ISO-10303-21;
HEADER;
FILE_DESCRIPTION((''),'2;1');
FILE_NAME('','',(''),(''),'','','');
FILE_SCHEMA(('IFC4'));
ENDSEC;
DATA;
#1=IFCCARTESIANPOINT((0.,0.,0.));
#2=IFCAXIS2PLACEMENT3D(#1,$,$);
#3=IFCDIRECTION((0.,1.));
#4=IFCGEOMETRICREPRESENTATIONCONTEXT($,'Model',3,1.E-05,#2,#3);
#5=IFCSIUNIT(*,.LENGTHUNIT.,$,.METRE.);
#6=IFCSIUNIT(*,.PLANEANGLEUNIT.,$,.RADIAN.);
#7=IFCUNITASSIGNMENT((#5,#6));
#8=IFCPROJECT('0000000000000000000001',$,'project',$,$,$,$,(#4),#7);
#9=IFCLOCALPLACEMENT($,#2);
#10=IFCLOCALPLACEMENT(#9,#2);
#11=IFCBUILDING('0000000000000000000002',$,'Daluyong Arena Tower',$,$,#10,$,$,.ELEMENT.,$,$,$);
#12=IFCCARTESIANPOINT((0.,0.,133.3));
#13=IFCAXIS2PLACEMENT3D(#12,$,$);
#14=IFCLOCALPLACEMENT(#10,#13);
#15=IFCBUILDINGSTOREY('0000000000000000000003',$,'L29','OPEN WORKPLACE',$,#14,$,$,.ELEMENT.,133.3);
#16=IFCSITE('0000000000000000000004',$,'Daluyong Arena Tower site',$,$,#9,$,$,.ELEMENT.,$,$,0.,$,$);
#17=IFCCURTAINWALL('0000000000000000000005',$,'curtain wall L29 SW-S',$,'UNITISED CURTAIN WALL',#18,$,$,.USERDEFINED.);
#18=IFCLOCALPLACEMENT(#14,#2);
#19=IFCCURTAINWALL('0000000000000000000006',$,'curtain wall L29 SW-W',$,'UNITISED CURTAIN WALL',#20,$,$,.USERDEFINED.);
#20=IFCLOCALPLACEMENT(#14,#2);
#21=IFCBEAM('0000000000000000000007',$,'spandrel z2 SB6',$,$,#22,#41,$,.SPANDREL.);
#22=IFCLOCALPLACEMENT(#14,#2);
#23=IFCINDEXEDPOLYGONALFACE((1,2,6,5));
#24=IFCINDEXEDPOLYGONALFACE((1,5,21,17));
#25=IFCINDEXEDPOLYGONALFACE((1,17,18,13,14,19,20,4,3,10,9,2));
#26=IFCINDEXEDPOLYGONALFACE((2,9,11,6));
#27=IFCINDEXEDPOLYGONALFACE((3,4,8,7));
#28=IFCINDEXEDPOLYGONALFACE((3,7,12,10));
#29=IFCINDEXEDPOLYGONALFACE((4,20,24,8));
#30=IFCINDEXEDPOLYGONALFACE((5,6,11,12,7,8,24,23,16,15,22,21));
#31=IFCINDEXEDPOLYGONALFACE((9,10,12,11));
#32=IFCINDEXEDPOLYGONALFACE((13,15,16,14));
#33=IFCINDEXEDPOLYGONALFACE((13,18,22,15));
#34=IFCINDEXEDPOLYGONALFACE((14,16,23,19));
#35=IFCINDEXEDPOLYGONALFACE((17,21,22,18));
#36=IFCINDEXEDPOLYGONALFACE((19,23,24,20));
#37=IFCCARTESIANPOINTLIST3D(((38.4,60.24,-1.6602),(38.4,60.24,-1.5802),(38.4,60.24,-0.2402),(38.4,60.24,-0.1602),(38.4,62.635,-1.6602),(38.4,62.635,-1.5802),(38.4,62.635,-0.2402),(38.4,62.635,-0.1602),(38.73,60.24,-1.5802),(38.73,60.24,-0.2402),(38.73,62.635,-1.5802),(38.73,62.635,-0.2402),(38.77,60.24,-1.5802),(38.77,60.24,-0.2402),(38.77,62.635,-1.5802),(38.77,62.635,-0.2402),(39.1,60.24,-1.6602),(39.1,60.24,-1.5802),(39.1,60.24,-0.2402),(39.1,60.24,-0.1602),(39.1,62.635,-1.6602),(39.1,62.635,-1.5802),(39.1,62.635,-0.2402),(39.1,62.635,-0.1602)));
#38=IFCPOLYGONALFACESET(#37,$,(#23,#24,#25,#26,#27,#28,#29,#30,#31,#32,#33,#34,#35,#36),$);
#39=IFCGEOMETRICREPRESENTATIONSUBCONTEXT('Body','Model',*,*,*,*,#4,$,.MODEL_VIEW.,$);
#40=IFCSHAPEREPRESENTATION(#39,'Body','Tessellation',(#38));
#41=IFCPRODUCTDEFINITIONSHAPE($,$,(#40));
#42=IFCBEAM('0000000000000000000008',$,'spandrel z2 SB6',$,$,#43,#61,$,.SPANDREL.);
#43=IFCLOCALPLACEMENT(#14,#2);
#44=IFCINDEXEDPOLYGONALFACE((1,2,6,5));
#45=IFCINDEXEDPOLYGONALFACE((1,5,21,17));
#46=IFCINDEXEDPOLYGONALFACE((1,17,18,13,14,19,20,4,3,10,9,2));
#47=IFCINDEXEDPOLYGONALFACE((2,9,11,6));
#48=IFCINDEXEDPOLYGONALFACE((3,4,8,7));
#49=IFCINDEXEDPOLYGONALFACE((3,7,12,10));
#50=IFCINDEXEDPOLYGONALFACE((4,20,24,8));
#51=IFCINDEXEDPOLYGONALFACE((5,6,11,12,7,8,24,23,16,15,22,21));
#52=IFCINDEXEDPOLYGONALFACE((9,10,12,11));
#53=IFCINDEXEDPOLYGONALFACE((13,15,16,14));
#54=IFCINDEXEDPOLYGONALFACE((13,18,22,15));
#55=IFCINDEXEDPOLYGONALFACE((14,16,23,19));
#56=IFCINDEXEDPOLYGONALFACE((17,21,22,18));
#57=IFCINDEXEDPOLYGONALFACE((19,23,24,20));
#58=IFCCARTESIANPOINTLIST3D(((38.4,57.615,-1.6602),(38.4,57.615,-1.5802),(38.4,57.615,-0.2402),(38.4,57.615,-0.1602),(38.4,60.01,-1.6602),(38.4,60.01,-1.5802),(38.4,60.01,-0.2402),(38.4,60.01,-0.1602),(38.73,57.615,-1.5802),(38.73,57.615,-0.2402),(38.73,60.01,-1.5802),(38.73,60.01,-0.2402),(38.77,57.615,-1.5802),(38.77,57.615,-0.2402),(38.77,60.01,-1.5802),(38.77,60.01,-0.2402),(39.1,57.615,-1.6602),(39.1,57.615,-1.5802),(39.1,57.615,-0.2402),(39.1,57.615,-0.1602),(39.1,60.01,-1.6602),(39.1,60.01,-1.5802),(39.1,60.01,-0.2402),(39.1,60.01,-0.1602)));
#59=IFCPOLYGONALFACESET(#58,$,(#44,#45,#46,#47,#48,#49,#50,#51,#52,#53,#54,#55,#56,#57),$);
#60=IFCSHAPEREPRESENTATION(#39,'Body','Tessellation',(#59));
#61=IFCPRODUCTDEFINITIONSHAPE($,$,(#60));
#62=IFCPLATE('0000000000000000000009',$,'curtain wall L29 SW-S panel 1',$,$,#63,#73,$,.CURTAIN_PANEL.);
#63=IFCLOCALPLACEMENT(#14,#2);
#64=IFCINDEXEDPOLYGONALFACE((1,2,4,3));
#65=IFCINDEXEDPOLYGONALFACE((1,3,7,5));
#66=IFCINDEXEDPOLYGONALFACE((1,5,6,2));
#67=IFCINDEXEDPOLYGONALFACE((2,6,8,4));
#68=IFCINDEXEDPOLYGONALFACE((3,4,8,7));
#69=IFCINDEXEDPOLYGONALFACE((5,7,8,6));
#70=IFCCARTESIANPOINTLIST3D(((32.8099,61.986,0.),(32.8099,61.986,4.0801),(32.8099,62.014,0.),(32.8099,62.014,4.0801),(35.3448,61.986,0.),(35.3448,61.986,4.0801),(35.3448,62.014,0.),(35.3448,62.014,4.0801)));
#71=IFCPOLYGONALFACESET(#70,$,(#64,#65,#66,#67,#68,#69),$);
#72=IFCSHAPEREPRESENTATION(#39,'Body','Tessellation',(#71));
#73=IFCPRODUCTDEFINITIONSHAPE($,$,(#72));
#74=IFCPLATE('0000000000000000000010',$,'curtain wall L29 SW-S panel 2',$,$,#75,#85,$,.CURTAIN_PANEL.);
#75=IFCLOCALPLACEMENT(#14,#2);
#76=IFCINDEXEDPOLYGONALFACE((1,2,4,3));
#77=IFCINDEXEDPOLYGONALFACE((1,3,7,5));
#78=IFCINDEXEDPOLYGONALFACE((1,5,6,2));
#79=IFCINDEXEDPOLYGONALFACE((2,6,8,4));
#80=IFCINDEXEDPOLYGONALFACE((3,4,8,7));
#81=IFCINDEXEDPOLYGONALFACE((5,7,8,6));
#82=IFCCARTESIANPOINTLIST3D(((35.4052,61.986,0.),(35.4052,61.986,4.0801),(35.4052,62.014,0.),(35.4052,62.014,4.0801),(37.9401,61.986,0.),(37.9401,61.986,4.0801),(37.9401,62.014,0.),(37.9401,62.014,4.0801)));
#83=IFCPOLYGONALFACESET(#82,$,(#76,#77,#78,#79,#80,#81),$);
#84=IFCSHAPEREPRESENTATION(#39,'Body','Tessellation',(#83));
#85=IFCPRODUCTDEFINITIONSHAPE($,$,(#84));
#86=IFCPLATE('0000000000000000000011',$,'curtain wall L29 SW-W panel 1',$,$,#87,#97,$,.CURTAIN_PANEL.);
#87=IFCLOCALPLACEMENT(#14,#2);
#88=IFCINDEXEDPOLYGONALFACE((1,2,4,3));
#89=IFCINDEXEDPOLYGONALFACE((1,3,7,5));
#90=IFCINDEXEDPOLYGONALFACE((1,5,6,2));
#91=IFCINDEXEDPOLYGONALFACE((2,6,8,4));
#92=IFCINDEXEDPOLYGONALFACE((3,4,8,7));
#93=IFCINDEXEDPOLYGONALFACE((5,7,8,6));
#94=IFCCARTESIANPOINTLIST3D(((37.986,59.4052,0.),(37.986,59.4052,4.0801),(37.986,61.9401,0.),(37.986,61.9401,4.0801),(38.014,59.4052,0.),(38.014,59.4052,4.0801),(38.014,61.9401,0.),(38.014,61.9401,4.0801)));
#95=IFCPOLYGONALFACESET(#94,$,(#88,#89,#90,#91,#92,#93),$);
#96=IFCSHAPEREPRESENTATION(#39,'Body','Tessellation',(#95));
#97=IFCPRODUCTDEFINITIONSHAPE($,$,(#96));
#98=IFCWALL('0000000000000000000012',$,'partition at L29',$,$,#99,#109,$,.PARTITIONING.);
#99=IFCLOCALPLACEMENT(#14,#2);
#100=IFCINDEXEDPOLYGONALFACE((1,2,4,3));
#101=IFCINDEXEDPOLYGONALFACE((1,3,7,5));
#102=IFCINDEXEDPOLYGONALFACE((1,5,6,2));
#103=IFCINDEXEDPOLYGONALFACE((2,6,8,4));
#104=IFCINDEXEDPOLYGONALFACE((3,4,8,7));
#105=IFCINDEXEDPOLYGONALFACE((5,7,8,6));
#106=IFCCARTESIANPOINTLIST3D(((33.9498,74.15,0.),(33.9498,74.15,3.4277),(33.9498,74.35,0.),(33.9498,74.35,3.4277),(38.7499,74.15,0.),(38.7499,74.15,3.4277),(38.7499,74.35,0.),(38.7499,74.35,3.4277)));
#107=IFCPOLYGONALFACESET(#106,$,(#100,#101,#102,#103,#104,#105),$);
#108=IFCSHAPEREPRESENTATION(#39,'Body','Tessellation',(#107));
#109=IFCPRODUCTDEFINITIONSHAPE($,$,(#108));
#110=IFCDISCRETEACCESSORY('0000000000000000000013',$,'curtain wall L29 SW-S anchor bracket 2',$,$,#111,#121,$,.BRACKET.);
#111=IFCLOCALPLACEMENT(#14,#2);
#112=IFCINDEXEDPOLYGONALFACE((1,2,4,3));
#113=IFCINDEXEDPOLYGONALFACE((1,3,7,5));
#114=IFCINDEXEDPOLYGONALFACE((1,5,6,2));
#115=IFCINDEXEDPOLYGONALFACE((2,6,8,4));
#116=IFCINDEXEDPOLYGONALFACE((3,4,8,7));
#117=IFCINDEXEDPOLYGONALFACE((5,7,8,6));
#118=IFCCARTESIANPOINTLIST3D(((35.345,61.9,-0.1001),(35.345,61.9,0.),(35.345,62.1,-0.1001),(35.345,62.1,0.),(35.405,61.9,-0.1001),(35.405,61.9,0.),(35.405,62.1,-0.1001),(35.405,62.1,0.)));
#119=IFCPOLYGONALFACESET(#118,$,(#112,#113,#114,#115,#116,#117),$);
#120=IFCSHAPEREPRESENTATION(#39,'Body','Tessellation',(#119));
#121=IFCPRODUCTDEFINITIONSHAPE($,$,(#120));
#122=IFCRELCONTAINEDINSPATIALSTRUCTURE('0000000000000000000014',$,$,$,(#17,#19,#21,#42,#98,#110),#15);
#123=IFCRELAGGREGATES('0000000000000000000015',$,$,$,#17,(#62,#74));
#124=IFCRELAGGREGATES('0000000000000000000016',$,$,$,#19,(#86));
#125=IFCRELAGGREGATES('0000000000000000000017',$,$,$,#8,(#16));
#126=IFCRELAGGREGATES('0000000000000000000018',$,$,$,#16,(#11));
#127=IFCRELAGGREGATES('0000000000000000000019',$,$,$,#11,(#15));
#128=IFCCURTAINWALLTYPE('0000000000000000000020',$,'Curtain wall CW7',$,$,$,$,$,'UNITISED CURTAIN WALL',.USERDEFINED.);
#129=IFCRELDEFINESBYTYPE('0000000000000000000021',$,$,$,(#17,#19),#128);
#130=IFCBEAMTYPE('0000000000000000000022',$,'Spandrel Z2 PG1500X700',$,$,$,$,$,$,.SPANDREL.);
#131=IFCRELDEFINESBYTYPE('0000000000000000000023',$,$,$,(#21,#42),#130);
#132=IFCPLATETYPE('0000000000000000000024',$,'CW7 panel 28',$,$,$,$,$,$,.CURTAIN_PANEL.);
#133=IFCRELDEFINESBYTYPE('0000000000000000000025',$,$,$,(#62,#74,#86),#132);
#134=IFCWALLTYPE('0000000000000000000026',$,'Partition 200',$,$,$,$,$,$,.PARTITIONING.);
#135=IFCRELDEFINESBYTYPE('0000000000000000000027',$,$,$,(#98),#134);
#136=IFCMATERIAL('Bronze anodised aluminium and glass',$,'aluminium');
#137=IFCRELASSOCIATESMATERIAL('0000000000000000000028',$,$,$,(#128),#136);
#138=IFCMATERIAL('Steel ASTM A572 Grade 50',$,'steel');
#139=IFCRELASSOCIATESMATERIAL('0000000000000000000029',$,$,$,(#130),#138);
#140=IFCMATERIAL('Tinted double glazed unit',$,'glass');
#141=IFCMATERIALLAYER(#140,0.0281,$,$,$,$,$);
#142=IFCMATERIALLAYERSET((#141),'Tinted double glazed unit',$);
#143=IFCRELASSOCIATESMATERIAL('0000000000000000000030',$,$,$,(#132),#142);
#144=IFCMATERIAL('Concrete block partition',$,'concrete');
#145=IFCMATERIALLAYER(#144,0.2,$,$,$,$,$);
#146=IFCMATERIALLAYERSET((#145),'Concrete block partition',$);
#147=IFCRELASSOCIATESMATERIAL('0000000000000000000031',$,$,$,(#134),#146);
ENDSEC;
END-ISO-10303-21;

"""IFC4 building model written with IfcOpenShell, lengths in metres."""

from ifc_helpers import new_model, si_unit, direction, frame, frame_2d, origin, origin_2d, place, context, subcontext, project, spatial, rectangle, i_section, extrude, material, layer, layer_set, material_profile, profile_set, type_object, element, aggregate, save


model = new_model("IFC4")

# Units and contexts
model_context = context("Model", 3, precision=1e-05, world=origin(), true_north=direction((0.0, 1.0)))
body_context = subcontext(model_context, "Body", "Model", "MODEL_VIEW")
ifc_project = project(units=[si_unit("LENGTHUNIT", "METRE"), si_unit("PLANEANGLEUNIT", "RADIAN")], contexts=[model_context])

# Site, building, storey
site_placement = place(None, origin())
site = spatial("IfcSite", under=ifc_project, at=site_placement, Name="Daluyong Arena Tower site", CompositionType="ELEMENT", RefElevation=0.0)
building_placement = place(site_placement, origin())
building = spatial("IfcBuilding", under=site, at=building_placement, Name="Daluyong Arena Tower", CompositionType="ELEMENT")
storey_placement = place(building_placement, frame((0.0, 0.0, 133.3)))
storey = spatial("IfcBuildingStorey", under=building, at=storey_placement, Name="L29", Description="OPEN WORKPLACE", CompositionType="ELEMENT", Elevation=133.3)

# Curtain wall
ifc_material_1 = material(Name="Bronze anodised aluminium and glass", Category="aluminium")
curtain_wall_type = type_object("IfcCurtainWallType", Name="Curtain wall CW7", ElementType="UNITISED CURTAIN WALL", PredefinedType="USERDEFINED", material=ifc_material_1)
curtain_wall_1_placement = place(storey_placement, origin())
curtain_wall_1 = element("IfcCurtainWall", 1, at=curtain_wall_1_placement, inside=storey, type_object=curtain_wall_type, Name="curtain wall L29 SW-S", ObjectType="UNITISED CURTAIN WALL", PredefinedType="USERDEFINED")

# Curtain wall
curtain_wall_2_placement = place(storey_placement, origin())
curtain_wall_2 = element("IfcCurtainWall", 2, at=curtain_wall_2_placement, inside=storey, type_object=curtain_wall_type, Name="curtain wall L29 SW-W", ObjectType="UNITISED CURTAIN WALL", PredefinedType="USERDEFINED")

# Beams
ifc_material_2 = material(Name="Steel ASTM A572 Grade 50", Category="steel")
ifc_material_profile_1 = material_profile(ifc_material_2, i_section(OverallWidth=0.7, OverallDepth=1.5, WebThickness=0.04, FlangeThickness=0.08, at=origin_2d()))
ifc_profile_set_1 = profile_set([ifc_material_profile_1], Name="Steel ASTM A572 Grade 50")
beam_type_1 = type_object("IfcBeamType", Name="Spandrel Z2 PG1500X700", PredefinedType="SPANDREL", material=ifc_profile_set_1)
for number, where, z_axis, x_axis, name in (
    (3, (38.75, 62.635, -0.9102), (0.0, -1.0, 0.0), (1.0, 0.0, 0.0), "spandrel z2 SB6"),
    (4, (38.75, 60.01, -0.9102), (0.0, -1.0, 0.0), (1.0, 0.0, 0.0), "spandrel z2 SB6"),
):
    element("IfcBeam", number, at=place(storey_placement, frame(where, z_axis=z_axis, x_axis=x_axis)), inside=storey, type_object=beam_type_1, Name=name, PredefinedType="SPANDREL", context=body_context, shape_type="SweptSolid", body=[
        extrude(i_section(OverallWidth=0.7, OverallDepth=1.5, WebThickness=0.04, FlangeThickness=0.08, at=origin_2d()), origin(), (0.0, 0.0, 1.0), 2.395),
    ])

# Plates
ifc_material_3 = material(Name="Tinted double glazed unit", Category="glass")
ifc_layer_1 = layer(ifc_material_3, 0.0281)
ifc_layer_set_1 = layer_set([ifc_layer_1], Name="Tinted double glazed unit")
plate_type = type_object("IfcPlateType", Name="CW7 panel 28", PredefinedType="CURTAIN_PANEL", material=ifc_layer_set_1)
plate_1_placement = place(storey_placement, frame((34.0774, 62.0, 0.0), z_axis=(0.0, 0.0, 1.0), x_axis=(1.0, 0.0, 0.0)))
plate_1 = element("IfcPlate", 5, at=plate_1_placement, type_object=plate_type, Name="curtain wall L29 SW-S panel 1", PredefinedType="CURTAIN_PANEL", context=body_context, shape_type="SweptSolid", body=[
    extrude(rectangle(XDim=2.5349, YDim=0.0281, at=origin_2d()), origin(), (0.0, 0.0, 1.0), 4.0801),
])
plate_2_placement = place(storey_placement, frame((36.6726, 62.0, 0.0), z_axis=(0.0, 0.0, 1.0), x_axis=(1.0, 0.0, 0.0)))
plate_2 = element("IfcPlate", 6, at=plate_2_placement, type_object=plate_type, Name="curtain wall L29 SW-S panel 2", PredefinedType="CURTAIN_PANEL", context=body_context, shape_type="SweptSolid", body=[
    extrude(rectangle(XDim=2.5349, YDim=0.0281, at=origin_2d()), origin(), (0.0, 0.0, 1.0), 4.0801),
])
aggregate(curtain_wall_1, [plate_1, plate_2])
plate_3_placement = place(storey_placement, frame((38.0, 60.6726, 0.0), z_axis=(0.0, 0.0, 1.0), x_axis=(0.0, -1.0, 0.0)))
plate_3 = element("IfcPlate", 7, at=plate_3_placement, type_object=plate_type, Name="curtain wall L29 SW-W panel 1", PredefinedType="CURTAIN_PANEL", context=body_context, shape_type="SweptSolid", body=[
    extrude(rectangle(XDim=2.5349, YDim=0.0281, at=origin_2d()), origin(), (0.0, 0.0, 1.0), 4.0801),
])
aggregate(curtain_wall_2, [plate_3])

# Wall
ifc_material_4 = material(Name="Concrete block partition", Category="concrete")
ifc_layer_2 = layer(ifc_material_4, 0.2)
ifc_layer_set_2 = layer_set([ifc_layer_2], Name="Concrete block partition")
wall_type = type_object("IfcWallType", Name="Partition 200", PredefinedType="PARTITIONING", material=ifc_layer_set_2)
wall_placement = place(storey_placement, frame((33.95, 74.25, 0.0), z_axis=(0.0, 0.0, 1.0), x_axis=(1.0, 0.0, 0.0)))
element("IfcWall", 8, at=wall_placement, inside=storey, type_object=wall_type, Name="partition at L29", PredefinedType="PARTITIONING", context=body_context, shape_type="SweptSolid", body=[
    extrude(rectangle(XDim=4.8, YDim=0.2, at=frame_2d((2.3999, 0.0))), origin(), (0.0, 0.0, 1.0), 3.4277),
])

# Discrete accessory
discrete_accessory_placement = place(storey_placement, frame((35.375, 62.0, -0.1001), z_axis=(0.0, 0.0, 1.0), x_axis=(1.0, 0.0, 0.0)))
element("IfcDiscreteAccessory", 9, at=discrete_accessory_placement, inside=storey, Name="curtain wall L29 SW-S anchor bracket 2", PredefinedType="BRACKET", context=body_context, shape_type="SweptSolid", body=[
    extrude(rectangle(XDim=0.0601, YDim=0.2, at=origin_2d()), origin(), (0.0, 0.0, 1.0), 0.1001),
])

save(model, "model.ifc")
